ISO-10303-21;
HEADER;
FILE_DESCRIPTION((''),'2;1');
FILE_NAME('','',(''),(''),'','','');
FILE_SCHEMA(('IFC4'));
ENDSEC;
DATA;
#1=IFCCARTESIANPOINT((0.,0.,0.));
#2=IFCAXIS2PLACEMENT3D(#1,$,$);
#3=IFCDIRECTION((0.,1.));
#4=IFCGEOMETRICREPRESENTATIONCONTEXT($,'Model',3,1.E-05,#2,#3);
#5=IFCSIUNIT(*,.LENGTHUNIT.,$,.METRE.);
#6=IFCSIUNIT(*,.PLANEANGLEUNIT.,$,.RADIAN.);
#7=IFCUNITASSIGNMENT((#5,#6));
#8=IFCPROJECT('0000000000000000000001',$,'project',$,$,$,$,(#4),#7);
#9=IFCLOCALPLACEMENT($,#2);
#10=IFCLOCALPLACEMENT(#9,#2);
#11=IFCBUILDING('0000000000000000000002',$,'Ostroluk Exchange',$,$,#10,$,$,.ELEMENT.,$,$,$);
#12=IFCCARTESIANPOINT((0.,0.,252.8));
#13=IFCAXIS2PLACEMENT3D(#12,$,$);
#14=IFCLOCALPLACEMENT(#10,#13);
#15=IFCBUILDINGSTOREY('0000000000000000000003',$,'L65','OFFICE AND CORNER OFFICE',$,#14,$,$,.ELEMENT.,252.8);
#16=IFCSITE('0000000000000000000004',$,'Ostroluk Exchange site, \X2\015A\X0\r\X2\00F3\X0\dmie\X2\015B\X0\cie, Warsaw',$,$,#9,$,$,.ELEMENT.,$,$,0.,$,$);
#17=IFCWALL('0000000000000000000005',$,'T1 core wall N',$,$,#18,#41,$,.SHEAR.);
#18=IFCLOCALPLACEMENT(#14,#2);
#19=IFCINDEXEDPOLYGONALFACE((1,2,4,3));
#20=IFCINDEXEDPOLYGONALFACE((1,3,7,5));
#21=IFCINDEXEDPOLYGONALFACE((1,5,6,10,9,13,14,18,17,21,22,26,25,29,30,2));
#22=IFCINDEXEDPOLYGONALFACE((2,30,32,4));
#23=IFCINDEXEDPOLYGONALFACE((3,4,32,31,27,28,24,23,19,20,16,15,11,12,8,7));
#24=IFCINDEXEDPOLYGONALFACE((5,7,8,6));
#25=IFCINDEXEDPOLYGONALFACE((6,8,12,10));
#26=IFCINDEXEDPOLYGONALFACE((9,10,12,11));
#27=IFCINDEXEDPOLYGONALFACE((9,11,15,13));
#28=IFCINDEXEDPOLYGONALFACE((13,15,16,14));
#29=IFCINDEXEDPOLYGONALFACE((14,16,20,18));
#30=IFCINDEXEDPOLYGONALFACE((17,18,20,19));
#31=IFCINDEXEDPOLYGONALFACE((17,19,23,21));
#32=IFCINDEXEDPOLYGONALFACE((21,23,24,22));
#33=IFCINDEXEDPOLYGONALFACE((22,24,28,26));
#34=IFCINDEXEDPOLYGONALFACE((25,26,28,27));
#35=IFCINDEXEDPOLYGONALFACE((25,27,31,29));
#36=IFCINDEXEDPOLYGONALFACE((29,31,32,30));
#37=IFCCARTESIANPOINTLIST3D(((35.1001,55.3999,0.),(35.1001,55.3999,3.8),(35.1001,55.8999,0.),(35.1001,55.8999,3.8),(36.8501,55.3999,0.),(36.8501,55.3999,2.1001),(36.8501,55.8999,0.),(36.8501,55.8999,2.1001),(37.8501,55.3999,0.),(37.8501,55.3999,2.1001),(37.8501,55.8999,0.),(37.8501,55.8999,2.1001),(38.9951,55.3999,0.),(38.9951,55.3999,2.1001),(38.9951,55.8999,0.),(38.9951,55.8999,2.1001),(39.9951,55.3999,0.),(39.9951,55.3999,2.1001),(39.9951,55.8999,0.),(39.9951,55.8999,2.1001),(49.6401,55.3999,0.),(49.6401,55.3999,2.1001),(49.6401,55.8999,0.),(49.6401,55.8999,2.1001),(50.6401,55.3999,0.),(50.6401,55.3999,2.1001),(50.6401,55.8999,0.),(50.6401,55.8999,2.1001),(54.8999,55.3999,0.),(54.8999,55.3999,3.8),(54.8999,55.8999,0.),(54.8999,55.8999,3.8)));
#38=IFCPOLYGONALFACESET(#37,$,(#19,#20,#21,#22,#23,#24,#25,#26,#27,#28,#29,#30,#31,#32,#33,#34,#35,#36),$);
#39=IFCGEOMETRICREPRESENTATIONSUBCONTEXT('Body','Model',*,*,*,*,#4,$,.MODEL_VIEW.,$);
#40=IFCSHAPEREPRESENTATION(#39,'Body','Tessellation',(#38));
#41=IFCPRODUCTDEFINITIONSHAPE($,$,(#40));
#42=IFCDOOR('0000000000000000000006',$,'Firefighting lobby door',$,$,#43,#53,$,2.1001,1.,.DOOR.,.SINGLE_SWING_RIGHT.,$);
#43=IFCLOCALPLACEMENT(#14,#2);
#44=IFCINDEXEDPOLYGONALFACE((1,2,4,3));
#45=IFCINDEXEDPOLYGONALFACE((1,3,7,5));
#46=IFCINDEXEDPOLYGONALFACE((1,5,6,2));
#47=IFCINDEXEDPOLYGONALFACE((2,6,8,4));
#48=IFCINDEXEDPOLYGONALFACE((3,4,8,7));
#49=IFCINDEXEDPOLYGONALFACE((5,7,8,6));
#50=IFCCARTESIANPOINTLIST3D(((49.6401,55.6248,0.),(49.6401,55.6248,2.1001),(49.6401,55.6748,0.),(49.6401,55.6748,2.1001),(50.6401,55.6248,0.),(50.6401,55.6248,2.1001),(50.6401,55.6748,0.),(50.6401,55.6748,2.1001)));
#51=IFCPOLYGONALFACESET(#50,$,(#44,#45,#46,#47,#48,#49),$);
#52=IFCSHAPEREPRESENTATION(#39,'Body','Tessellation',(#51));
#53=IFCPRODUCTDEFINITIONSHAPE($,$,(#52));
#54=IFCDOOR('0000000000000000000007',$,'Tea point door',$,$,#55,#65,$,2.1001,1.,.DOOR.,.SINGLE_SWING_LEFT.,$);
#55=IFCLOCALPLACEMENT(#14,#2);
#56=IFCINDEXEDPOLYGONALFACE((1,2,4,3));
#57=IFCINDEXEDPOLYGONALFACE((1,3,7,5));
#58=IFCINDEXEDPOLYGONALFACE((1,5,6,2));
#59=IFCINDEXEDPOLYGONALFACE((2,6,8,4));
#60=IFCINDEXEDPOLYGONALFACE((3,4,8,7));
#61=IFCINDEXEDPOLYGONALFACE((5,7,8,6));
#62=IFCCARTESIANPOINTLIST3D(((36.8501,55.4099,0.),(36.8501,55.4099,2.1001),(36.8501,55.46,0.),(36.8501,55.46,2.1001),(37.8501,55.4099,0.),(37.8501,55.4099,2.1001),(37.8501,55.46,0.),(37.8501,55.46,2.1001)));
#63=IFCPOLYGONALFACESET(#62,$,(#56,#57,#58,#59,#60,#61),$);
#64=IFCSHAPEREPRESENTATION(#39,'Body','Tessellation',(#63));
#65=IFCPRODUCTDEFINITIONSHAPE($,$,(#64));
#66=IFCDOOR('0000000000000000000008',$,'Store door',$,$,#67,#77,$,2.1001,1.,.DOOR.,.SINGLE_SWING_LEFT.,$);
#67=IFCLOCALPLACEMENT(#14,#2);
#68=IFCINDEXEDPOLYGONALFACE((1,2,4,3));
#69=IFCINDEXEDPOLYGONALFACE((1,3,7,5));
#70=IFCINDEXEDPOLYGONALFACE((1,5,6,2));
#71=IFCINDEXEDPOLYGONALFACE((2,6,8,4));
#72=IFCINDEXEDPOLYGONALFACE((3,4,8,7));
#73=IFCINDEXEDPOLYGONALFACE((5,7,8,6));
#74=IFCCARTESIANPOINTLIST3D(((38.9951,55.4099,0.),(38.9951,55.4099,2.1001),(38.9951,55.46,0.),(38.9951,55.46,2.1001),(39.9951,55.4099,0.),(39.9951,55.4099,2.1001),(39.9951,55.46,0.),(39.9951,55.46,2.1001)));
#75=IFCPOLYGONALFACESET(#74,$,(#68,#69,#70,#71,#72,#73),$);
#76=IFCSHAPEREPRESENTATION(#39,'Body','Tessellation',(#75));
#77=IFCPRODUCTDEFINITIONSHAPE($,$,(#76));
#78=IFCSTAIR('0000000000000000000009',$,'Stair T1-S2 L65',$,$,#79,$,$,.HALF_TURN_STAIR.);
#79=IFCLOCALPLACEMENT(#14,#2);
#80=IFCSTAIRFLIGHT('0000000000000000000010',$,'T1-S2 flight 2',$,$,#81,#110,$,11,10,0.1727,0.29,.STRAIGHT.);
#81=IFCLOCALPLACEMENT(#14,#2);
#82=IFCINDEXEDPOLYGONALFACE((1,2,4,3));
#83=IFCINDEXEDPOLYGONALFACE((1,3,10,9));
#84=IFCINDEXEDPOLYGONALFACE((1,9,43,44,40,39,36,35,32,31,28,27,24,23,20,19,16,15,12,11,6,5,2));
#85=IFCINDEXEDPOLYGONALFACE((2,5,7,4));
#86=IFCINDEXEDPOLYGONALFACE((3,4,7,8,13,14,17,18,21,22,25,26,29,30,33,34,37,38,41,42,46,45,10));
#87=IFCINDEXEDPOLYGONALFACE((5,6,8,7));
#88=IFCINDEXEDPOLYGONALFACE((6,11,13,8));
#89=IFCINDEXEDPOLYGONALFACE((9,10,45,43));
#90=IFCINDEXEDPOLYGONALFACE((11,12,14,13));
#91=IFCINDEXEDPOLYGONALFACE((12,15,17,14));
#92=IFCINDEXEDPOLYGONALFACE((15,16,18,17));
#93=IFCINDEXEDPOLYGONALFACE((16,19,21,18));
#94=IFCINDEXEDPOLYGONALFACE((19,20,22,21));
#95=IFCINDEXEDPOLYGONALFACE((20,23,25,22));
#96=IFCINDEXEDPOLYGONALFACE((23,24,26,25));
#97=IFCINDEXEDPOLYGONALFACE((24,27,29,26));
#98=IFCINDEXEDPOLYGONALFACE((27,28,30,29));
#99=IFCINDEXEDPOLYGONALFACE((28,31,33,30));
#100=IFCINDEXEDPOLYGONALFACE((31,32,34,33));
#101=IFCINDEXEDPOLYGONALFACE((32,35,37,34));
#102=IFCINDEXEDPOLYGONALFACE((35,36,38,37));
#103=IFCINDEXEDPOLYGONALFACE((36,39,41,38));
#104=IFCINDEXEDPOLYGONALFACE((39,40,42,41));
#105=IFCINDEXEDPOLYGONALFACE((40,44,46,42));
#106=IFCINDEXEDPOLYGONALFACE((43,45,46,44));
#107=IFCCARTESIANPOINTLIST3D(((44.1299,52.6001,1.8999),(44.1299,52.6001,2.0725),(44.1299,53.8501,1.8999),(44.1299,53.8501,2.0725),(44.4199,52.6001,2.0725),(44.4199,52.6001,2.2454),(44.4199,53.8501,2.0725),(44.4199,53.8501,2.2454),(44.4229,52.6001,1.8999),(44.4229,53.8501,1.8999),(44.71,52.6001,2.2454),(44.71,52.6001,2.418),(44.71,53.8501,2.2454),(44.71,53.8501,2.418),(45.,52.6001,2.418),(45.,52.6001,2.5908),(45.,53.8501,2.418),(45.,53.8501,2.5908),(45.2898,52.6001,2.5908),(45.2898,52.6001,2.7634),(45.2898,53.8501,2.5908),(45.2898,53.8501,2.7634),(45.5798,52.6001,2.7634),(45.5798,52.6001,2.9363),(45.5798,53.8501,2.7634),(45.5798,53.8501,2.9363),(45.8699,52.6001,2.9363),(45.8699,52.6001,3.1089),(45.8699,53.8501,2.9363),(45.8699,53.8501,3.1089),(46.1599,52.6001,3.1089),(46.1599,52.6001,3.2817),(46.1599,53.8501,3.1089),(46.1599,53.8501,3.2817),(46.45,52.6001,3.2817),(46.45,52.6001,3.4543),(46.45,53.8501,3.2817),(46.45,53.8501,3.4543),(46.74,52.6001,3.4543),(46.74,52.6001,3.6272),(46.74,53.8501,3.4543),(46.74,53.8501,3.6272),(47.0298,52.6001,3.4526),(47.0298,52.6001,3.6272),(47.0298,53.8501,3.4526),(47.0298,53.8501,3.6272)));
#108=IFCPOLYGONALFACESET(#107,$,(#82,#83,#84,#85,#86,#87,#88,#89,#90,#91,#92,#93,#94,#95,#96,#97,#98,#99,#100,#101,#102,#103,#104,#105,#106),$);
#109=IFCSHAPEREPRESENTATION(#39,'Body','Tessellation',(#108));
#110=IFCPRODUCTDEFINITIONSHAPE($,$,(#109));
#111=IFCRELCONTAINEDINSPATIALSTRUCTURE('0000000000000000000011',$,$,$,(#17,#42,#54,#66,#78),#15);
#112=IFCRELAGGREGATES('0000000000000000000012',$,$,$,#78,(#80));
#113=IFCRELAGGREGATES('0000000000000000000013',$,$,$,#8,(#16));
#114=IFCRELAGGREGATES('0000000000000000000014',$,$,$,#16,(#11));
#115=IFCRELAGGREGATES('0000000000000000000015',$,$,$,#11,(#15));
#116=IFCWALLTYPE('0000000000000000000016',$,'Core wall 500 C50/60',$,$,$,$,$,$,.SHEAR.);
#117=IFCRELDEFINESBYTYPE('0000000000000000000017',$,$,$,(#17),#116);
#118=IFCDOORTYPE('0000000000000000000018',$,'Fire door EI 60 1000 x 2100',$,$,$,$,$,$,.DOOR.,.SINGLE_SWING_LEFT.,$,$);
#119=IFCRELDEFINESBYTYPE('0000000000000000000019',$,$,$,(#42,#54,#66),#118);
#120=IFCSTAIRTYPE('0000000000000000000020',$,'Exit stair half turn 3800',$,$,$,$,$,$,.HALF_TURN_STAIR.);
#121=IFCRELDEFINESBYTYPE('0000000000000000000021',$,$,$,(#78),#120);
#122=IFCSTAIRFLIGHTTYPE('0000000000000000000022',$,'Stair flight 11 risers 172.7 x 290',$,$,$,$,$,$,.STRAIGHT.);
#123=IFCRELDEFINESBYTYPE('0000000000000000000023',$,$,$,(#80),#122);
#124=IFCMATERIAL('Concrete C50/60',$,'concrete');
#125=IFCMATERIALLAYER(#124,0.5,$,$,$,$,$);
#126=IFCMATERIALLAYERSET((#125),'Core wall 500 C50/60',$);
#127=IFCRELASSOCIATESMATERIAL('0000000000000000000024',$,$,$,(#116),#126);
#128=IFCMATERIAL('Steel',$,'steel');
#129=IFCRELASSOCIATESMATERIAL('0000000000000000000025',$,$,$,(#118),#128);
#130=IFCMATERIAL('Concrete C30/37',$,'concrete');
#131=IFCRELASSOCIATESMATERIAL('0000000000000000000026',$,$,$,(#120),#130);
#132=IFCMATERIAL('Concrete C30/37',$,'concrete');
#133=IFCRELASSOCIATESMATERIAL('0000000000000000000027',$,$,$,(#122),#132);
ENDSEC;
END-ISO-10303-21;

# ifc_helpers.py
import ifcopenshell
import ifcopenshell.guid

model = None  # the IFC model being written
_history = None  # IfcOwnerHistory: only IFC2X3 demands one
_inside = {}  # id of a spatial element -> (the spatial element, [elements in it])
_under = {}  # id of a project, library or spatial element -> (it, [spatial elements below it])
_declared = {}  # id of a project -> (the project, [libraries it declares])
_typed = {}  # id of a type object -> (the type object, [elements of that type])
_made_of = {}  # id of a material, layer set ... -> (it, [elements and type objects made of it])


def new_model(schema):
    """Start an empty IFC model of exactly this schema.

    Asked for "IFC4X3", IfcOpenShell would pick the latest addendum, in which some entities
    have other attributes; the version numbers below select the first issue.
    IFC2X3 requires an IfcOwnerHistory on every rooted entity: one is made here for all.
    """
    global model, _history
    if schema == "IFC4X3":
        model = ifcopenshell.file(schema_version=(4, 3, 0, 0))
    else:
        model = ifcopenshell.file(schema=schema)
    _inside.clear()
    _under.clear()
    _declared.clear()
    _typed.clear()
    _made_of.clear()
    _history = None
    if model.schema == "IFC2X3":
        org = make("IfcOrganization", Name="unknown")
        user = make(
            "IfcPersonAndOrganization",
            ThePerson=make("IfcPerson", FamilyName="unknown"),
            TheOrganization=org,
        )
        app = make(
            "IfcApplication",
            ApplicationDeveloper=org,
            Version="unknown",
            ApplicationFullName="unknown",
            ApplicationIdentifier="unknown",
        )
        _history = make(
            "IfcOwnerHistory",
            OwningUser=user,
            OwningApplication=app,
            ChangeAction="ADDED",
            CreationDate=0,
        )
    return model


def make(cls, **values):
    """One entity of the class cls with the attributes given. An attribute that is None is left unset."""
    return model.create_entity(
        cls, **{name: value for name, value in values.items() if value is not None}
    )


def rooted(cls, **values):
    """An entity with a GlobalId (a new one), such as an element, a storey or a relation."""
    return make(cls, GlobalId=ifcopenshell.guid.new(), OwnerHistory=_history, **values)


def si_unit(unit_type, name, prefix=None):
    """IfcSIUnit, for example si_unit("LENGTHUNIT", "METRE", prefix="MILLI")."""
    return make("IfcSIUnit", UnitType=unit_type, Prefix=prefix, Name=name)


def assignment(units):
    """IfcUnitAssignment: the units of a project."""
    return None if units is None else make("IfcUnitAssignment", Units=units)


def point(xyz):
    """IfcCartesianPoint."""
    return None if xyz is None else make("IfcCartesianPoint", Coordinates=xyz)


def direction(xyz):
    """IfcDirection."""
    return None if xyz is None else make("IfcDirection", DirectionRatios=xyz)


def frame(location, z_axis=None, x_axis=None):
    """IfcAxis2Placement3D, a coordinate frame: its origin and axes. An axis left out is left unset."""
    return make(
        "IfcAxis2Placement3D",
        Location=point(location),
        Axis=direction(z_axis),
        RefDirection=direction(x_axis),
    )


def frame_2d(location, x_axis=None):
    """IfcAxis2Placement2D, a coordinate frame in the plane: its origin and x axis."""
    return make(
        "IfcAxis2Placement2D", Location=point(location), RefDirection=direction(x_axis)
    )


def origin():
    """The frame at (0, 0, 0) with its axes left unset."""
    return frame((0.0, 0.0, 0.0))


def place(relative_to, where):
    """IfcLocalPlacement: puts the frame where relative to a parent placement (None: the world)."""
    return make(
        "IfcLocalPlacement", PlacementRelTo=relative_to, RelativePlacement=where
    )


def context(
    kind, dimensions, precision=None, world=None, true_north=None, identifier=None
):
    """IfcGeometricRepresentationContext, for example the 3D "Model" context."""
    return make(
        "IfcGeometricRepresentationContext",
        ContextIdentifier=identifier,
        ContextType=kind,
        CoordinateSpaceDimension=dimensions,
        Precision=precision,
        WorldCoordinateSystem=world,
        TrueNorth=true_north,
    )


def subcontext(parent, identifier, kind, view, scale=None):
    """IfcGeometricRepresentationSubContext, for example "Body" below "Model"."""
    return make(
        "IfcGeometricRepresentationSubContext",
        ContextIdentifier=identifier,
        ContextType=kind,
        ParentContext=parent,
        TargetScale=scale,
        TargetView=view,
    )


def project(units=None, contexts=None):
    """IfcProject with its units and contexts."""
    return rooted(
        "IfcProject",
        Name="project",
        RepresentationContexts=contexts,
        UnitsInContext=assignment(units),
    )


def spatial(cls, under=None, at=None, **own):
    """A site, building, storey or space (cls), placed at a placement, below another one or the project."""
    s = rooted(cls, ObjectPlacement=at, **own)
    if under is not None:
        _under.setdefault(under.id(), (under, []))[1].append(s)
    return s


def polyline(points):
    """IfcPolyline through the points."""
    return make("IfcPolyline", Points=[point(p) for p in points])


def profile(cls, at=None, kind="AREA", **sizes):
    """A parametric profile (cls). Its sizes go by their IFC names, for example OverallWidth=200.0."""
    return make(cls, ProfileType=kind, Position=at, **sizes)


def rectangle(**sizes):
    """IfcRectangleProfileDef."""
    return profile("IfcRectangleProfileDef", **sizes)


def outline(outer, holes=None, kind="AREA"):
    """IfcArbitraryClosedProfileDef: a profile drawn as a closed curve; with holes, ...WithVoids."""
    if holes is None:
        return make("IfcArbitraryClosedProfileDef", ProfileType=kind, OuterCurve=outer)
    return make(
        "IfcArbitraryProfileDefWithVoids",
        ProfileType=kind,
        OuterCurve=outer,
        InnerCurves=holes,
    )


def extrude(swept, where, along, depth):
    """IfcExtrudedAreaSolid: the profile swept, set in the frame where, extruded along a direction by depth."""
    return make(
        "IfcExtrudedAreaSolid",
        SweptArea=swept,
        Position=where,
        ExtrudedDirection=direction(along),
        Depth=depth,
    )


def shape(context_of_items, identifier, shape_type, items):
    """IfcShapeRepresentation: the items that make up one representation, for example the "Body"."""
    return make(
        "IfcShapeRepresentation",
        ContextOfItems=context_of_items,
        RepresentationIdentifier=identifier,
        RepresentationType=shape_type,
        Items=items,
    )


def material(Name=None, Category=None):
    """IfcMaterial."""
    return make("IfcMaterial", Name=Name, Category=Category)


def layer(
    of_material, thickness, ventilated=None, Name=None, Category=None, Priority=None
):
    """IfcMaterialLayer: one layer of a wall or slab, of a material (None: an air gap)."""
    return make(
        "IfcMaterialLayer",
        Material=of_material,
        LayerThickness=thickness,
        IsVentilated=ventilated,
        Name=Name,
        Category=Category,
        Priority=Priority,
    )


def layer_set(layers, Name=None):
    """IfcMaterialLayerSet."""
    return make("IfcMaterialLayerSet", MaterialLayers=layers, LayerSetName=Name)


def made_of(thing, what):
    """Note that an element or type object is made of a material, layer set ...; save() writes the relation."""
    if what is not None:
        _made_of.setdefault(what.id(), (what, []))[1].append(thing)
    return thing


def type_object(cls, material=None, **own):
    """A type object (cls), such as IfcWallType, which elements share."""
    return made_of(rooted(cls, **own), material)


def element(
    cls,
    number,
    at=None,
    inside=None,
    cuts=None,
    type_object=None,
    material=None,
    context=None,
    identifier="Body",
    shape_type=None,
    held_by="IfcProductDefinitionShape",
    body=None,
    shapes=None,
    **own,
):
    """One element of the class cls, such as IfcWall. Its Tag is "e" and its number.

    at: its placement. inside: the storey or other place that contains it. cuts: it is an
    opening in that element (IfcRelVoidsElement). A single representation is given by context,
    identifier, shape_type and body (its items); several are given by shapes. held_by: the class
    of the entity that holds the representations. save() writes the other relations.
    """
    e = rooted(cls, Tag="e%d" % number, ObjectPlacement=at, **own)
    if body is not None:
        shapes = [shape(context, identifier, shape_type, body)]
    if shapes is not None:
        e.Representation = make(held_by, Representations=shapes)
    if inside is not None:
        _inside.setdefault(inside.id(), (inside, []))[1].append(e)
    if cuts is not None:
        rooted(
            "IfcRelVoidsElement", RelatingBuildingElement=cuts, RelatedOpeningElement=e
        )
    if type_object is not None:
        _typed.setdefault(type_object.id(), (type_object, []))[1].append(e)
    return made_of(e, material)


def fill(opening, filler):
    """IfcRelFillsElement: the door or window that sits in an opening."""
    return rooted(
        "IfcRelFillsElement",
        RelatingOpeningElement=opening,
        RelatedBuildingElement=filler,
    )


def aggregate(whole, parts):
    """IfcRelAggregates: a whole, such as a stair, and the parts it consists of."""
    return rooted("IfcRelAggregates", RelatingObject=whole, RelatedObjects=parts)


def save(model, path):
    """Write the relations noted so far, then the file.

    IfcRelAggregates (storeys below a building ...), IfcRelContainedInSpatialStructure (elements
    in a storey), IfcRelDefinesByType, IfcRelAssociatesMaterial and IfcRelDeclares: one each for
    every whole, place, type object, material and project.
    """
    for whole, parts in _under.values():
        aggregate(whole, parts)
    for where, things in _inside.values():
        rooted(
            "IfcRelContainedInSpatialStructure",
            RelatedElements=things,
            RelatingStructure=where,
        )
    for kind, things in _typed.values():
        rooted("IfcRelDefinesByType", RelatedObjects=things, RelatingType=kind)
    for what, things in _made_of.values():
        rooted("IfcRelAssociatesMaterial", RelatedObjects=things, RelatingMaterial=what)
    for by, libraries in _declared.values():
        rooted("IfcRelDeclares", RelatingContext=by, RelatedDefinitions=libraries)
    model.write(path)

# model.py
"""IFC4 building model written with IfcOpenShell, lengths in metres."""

from ifc_helpers import new_model, si_unit, direction, frame, frame_2d, origin, place, context, subcontext, project, spatial, polyline, rectangle, outline, extrude, material, layer, layer_set, type_object, element, fill, aggregate, save


model = new_model("IFC4")

# Units and contexts
model_context = context("Model", 3, precision=1e-05, world=origin(), true_north=direction((0.0, 1.0)))
body_context = subcontext(model_context, "Body", "Model", "MODEL_VIEW")
ifc_project = project(units=[si_unit("LENGTHUNIT", "METRE"), si_unit("PLANEANGLEUNIT", "RADIAN")], contexts=[model_context])

# Site, building, storey
site_placement = place(None, origin())
site = spatial("IfcSite", under=ifc_project, at=site_placement, Name="Ostroluk Exchange site, Śródmieście, Warsaw", CompositionType="ELEMENT", RefElevation=0.0)
building_placement = place(site_placement, origin())
building = spatial("IfcBuilding", under=site, at=building_placement, Name="Ostroluk Exchange", CompositionType="ELEMENT")
storey_placement = place(building_placement, frame((0.0, 0.0, 252.8)))
storey = spatial("IfcBuildingStorey", under=building, at=storey_placement, Name="L65", Description="OFFICE AND CORNER OFFICE", CompositionType="ELEMENT", Elevation=252.8)

# Wall, openings, doors
ifc_material_1 = material(Name="Concrete C50/60", Category="concrete")
ifc_layer_1 = layer(ifc_material_1, 0.5)
ifc_layer_set_1 = layer_set([ifc_layer_1], Name="Core wall 500 C50/60")
wall_type_1 = type_object("IfcWallType", Name="Core wall 500 C50/60", PredefinedType="SHEAR", material=ifc_layer_set_1)
wall_1_placement = place(storey_placement, frame((35.1001, 55.6499, 0.0), z_axis=(0.0, 0.0, 1.0), x_axis=(1.0, 0.0, 0.0)))
wall_1 = element("IfcWall", 1, at=wall_1_placement, inside=storey, type_object=wall_type_1, Name="T1 core wall N", PredefinedType="SHEAR", context=body_context, shape_type="SweptSolid", body=[
    extrude(rectangle(XDim=19.7998, YDim=0.5, at=frame_2d((9.8999, 0.0))), origin(), (0.0, 0.0, 1.0), 3.8),
])
opening_1_placement = place(wall_1_placement, frame((14.54, 0.0, 0.0)))
opening_1 = element("IfcOpeningElement", 2, at=opening_1_placement, cuts=wall_1, PredefinedType="OPENING", context=body_context, shape_type="SweptSolid", body=[
    extrude(rectangle(XDim=1.0, YDim=2.1001, at=frame_2d((0.5, 1.05))), frame((0.0, 0.26, 0.0), z_axis=(0.0, -1.0, 0.0), x_axis=(1.0, 0.0, 0.0)), (0.0, 0.0, 1.0), 0.52),
])
opening_2_placement = place(wall_1_placement, frame((1.75, 0.0, 0.0)))
opening_2 = element("IfcOpeningElement", 3, at=opening_2_placement, cuts=wall_1, PredefinedType="OPENING", context=body_context, shape_type="SweptSolid", body=[
    extrude(rectangle(XDim=1.0, YDim=2.1001, at=frame_2d((0.5, 1.05))), frame((0.0, 0.26, 0.0), z_axis=(0.0, -1.0, 0.0), x_axis=(1.0, 0.0, 0.0)), (0.0, 0.0, 1.0), 0.52),
])
opening_3_placement = place(wall_1_placement, frame((3.895, 0.0, 0.0)))
opening_3 = element("IfcOpeningElement", 4, at=opening_3_placement, cuts=wall_1, PredefinedType="OPENING", context=body_context, shape_type="SweptSolid", body=[
    extrude(rectangle(XDim=1.0, YDim=2.1001, at=frame_2d((0.5, 1.05))), frame((0.0, 0.26, 0.0), z_axis=(0.0, -1.0, 0.0), x_axis=(1.0, 0.0, 0.0)), (0.0, 0.0, 1.0), 0.52),
])
ifc_material_2 = material(Name="Steel", Category="steel")
door_type = type_object("IfcDoorType", Name="Fire door EI 60 1000 x 2100", OperationType="SINGLE_SWING_LEFT", PredefinedType="DOOR", material=ifc_material_2)
door_1_placement = place(opening_1_placement, origin())
door_1 = element("IfcDoor", 5, at=door_1_placement, inside=storey, type_object=door_type, Name="Firefighting lobby door", OperationType="SINGLE_SWING_RIGHT", OverallHeight=2.1001, OverallWidth=1.0, PredefinedType="DOOR", context=body_context, shape_type="SweptSolid", body=[
    extrude(rectangle(XDim=1.0, YDim=2.1001, at=frame_2d((0.5, 1.05))), frame((0.0, 0.0249, 0.0), z_axis=(0.0, -1.0, 0.0), x_axis=(1.0, 0.0, 0.0)), (0.0, 0.0, 1.0), 0.05),
])
fill(opening_1, door_1)
door_2_placement = place(opening_2_placement, origin())
door_2 = element("IfcDoor", 6, at=door_2_placement, inside=storey, type_object=door_type, Name="Tea point door", OperationType="SINGLE_SWING_LEFT", OverallHeight=2.1001, OverallWidth=1.0, PredefinedType="DOOR", context=body_context, shape_type="SweptSolid", body=[
    extrude(rectangle(XDim=1.0, YDim=2.1001, at=frame_2d((0.5, 1.05))), frame((0.0, -0.1899, 0.0), z_axis=(0.0, -1.0, 0.0), x_axis=(1.0, 0.0, 0.0)), (0.0, 0.0, 1.0), 0.05),
])
fill(opening_2, door_2)
door_3_placement = place(opening_3_placement, origin())
door_3 = element("IfcDoor", 7, at=door_3_placement, inside=storey, type_object=door_type, Name="Store door", OperationType="SINGLE_SWING_LEFT", OverallHeight=2.1001, OverallWidth=1.0, PredefinedType="DOOR", context=body_context, shape_type="SweptSolid", body=[
    extrude(rectangle(XDim=1.0, YDim=2.1001, at=frame_2d((0.5, 1.05))), frame((0.0, -0.1899, 0.0), z_axis=(0.0, -1.0, 0.0), x_axis=(1.0, 0.0, 0.0)), (0.0, 0.0, 1.0), 0.05),
])
fill(opening_3, door_3)

# Stair, stair flight
ifc_material_3 = material(Name="Concrete C30/37", Category="concrete")
stair_type = type_object("IfcStairType", Name="Exit stair half turn 3800", PredefinedType="HALF_TURN_STAIR", material=ifc_material_3)
stair_placement = place(storey_placement, origin())
stair = element("IfcStair", 8, at=stair_placement, inside=storey, type_object=stair_type, Name="Stair T1-S2 L65", PredefinedType="HALF_TURN_STAIR")
ifc_material_4 = material(Name="Concrete C30/37", Category="concrete")
stair_flight_type = type_object("IfcStairFlightType", Name="Stair flight 11 risers 172.7 x 290", PredefinedType="STRAIGHT", material=ifc_material_4)
stair_flight_placement = place(storey_placement, frame((44.1299, 53.2251, 1.8999), z_axis=(0.0, 0.0, 1.0), x_axis=(1.0, 0.0, 0.0)))
stair_flight = element("IfcStairFlight", 9, at=stair_flight_placement, type_object=stair_flight_type, Name="T1-S2 flight 2", NumberOfRisers=11, NumberOfTreads=10, PredefinedType="STRAIGHT", RiserHeight=0.1727, TreadLength=0.29, context=body_context, shape_type="SweptSolid", body=[
    extrude(outline(polyline([(0.0, 0.0), (0.0, 0.1726), (0.29, 0.1726), (0.29, 0.3455), (0.5801, 0.3455), (0.5801, 0.5181), (0.8701, 0.5181), (0.8701, 0.6909), (1.1599, 0.6909), (1.1599, 0.8635), (1.45, 0.8635), (1.45, 1.0364), (1.74, 1.0364), (1.74, 1.209), (2.03, 1.209), (2.03, 1.3818), (2.3201, 1.3818), (2.3201, 1.5544), (2.6101, 1.5544), (2.6101, 1.7273), (2.8999, 1.7273), (2.8999, 1.8999), (2.8999, 1.5527), (0.293, 0.0), (0.0, 0.0)])), frame((0.0, 0.625, 0.0), z_axis=(0.0, -1.0, 0.0), x_axis=(1.0, 0.0, 0.0)), (0.0, 0.0, 1.0), 1.25),
])
aggregate(stair, [stair_flight])

save(model, "model.ifc")
